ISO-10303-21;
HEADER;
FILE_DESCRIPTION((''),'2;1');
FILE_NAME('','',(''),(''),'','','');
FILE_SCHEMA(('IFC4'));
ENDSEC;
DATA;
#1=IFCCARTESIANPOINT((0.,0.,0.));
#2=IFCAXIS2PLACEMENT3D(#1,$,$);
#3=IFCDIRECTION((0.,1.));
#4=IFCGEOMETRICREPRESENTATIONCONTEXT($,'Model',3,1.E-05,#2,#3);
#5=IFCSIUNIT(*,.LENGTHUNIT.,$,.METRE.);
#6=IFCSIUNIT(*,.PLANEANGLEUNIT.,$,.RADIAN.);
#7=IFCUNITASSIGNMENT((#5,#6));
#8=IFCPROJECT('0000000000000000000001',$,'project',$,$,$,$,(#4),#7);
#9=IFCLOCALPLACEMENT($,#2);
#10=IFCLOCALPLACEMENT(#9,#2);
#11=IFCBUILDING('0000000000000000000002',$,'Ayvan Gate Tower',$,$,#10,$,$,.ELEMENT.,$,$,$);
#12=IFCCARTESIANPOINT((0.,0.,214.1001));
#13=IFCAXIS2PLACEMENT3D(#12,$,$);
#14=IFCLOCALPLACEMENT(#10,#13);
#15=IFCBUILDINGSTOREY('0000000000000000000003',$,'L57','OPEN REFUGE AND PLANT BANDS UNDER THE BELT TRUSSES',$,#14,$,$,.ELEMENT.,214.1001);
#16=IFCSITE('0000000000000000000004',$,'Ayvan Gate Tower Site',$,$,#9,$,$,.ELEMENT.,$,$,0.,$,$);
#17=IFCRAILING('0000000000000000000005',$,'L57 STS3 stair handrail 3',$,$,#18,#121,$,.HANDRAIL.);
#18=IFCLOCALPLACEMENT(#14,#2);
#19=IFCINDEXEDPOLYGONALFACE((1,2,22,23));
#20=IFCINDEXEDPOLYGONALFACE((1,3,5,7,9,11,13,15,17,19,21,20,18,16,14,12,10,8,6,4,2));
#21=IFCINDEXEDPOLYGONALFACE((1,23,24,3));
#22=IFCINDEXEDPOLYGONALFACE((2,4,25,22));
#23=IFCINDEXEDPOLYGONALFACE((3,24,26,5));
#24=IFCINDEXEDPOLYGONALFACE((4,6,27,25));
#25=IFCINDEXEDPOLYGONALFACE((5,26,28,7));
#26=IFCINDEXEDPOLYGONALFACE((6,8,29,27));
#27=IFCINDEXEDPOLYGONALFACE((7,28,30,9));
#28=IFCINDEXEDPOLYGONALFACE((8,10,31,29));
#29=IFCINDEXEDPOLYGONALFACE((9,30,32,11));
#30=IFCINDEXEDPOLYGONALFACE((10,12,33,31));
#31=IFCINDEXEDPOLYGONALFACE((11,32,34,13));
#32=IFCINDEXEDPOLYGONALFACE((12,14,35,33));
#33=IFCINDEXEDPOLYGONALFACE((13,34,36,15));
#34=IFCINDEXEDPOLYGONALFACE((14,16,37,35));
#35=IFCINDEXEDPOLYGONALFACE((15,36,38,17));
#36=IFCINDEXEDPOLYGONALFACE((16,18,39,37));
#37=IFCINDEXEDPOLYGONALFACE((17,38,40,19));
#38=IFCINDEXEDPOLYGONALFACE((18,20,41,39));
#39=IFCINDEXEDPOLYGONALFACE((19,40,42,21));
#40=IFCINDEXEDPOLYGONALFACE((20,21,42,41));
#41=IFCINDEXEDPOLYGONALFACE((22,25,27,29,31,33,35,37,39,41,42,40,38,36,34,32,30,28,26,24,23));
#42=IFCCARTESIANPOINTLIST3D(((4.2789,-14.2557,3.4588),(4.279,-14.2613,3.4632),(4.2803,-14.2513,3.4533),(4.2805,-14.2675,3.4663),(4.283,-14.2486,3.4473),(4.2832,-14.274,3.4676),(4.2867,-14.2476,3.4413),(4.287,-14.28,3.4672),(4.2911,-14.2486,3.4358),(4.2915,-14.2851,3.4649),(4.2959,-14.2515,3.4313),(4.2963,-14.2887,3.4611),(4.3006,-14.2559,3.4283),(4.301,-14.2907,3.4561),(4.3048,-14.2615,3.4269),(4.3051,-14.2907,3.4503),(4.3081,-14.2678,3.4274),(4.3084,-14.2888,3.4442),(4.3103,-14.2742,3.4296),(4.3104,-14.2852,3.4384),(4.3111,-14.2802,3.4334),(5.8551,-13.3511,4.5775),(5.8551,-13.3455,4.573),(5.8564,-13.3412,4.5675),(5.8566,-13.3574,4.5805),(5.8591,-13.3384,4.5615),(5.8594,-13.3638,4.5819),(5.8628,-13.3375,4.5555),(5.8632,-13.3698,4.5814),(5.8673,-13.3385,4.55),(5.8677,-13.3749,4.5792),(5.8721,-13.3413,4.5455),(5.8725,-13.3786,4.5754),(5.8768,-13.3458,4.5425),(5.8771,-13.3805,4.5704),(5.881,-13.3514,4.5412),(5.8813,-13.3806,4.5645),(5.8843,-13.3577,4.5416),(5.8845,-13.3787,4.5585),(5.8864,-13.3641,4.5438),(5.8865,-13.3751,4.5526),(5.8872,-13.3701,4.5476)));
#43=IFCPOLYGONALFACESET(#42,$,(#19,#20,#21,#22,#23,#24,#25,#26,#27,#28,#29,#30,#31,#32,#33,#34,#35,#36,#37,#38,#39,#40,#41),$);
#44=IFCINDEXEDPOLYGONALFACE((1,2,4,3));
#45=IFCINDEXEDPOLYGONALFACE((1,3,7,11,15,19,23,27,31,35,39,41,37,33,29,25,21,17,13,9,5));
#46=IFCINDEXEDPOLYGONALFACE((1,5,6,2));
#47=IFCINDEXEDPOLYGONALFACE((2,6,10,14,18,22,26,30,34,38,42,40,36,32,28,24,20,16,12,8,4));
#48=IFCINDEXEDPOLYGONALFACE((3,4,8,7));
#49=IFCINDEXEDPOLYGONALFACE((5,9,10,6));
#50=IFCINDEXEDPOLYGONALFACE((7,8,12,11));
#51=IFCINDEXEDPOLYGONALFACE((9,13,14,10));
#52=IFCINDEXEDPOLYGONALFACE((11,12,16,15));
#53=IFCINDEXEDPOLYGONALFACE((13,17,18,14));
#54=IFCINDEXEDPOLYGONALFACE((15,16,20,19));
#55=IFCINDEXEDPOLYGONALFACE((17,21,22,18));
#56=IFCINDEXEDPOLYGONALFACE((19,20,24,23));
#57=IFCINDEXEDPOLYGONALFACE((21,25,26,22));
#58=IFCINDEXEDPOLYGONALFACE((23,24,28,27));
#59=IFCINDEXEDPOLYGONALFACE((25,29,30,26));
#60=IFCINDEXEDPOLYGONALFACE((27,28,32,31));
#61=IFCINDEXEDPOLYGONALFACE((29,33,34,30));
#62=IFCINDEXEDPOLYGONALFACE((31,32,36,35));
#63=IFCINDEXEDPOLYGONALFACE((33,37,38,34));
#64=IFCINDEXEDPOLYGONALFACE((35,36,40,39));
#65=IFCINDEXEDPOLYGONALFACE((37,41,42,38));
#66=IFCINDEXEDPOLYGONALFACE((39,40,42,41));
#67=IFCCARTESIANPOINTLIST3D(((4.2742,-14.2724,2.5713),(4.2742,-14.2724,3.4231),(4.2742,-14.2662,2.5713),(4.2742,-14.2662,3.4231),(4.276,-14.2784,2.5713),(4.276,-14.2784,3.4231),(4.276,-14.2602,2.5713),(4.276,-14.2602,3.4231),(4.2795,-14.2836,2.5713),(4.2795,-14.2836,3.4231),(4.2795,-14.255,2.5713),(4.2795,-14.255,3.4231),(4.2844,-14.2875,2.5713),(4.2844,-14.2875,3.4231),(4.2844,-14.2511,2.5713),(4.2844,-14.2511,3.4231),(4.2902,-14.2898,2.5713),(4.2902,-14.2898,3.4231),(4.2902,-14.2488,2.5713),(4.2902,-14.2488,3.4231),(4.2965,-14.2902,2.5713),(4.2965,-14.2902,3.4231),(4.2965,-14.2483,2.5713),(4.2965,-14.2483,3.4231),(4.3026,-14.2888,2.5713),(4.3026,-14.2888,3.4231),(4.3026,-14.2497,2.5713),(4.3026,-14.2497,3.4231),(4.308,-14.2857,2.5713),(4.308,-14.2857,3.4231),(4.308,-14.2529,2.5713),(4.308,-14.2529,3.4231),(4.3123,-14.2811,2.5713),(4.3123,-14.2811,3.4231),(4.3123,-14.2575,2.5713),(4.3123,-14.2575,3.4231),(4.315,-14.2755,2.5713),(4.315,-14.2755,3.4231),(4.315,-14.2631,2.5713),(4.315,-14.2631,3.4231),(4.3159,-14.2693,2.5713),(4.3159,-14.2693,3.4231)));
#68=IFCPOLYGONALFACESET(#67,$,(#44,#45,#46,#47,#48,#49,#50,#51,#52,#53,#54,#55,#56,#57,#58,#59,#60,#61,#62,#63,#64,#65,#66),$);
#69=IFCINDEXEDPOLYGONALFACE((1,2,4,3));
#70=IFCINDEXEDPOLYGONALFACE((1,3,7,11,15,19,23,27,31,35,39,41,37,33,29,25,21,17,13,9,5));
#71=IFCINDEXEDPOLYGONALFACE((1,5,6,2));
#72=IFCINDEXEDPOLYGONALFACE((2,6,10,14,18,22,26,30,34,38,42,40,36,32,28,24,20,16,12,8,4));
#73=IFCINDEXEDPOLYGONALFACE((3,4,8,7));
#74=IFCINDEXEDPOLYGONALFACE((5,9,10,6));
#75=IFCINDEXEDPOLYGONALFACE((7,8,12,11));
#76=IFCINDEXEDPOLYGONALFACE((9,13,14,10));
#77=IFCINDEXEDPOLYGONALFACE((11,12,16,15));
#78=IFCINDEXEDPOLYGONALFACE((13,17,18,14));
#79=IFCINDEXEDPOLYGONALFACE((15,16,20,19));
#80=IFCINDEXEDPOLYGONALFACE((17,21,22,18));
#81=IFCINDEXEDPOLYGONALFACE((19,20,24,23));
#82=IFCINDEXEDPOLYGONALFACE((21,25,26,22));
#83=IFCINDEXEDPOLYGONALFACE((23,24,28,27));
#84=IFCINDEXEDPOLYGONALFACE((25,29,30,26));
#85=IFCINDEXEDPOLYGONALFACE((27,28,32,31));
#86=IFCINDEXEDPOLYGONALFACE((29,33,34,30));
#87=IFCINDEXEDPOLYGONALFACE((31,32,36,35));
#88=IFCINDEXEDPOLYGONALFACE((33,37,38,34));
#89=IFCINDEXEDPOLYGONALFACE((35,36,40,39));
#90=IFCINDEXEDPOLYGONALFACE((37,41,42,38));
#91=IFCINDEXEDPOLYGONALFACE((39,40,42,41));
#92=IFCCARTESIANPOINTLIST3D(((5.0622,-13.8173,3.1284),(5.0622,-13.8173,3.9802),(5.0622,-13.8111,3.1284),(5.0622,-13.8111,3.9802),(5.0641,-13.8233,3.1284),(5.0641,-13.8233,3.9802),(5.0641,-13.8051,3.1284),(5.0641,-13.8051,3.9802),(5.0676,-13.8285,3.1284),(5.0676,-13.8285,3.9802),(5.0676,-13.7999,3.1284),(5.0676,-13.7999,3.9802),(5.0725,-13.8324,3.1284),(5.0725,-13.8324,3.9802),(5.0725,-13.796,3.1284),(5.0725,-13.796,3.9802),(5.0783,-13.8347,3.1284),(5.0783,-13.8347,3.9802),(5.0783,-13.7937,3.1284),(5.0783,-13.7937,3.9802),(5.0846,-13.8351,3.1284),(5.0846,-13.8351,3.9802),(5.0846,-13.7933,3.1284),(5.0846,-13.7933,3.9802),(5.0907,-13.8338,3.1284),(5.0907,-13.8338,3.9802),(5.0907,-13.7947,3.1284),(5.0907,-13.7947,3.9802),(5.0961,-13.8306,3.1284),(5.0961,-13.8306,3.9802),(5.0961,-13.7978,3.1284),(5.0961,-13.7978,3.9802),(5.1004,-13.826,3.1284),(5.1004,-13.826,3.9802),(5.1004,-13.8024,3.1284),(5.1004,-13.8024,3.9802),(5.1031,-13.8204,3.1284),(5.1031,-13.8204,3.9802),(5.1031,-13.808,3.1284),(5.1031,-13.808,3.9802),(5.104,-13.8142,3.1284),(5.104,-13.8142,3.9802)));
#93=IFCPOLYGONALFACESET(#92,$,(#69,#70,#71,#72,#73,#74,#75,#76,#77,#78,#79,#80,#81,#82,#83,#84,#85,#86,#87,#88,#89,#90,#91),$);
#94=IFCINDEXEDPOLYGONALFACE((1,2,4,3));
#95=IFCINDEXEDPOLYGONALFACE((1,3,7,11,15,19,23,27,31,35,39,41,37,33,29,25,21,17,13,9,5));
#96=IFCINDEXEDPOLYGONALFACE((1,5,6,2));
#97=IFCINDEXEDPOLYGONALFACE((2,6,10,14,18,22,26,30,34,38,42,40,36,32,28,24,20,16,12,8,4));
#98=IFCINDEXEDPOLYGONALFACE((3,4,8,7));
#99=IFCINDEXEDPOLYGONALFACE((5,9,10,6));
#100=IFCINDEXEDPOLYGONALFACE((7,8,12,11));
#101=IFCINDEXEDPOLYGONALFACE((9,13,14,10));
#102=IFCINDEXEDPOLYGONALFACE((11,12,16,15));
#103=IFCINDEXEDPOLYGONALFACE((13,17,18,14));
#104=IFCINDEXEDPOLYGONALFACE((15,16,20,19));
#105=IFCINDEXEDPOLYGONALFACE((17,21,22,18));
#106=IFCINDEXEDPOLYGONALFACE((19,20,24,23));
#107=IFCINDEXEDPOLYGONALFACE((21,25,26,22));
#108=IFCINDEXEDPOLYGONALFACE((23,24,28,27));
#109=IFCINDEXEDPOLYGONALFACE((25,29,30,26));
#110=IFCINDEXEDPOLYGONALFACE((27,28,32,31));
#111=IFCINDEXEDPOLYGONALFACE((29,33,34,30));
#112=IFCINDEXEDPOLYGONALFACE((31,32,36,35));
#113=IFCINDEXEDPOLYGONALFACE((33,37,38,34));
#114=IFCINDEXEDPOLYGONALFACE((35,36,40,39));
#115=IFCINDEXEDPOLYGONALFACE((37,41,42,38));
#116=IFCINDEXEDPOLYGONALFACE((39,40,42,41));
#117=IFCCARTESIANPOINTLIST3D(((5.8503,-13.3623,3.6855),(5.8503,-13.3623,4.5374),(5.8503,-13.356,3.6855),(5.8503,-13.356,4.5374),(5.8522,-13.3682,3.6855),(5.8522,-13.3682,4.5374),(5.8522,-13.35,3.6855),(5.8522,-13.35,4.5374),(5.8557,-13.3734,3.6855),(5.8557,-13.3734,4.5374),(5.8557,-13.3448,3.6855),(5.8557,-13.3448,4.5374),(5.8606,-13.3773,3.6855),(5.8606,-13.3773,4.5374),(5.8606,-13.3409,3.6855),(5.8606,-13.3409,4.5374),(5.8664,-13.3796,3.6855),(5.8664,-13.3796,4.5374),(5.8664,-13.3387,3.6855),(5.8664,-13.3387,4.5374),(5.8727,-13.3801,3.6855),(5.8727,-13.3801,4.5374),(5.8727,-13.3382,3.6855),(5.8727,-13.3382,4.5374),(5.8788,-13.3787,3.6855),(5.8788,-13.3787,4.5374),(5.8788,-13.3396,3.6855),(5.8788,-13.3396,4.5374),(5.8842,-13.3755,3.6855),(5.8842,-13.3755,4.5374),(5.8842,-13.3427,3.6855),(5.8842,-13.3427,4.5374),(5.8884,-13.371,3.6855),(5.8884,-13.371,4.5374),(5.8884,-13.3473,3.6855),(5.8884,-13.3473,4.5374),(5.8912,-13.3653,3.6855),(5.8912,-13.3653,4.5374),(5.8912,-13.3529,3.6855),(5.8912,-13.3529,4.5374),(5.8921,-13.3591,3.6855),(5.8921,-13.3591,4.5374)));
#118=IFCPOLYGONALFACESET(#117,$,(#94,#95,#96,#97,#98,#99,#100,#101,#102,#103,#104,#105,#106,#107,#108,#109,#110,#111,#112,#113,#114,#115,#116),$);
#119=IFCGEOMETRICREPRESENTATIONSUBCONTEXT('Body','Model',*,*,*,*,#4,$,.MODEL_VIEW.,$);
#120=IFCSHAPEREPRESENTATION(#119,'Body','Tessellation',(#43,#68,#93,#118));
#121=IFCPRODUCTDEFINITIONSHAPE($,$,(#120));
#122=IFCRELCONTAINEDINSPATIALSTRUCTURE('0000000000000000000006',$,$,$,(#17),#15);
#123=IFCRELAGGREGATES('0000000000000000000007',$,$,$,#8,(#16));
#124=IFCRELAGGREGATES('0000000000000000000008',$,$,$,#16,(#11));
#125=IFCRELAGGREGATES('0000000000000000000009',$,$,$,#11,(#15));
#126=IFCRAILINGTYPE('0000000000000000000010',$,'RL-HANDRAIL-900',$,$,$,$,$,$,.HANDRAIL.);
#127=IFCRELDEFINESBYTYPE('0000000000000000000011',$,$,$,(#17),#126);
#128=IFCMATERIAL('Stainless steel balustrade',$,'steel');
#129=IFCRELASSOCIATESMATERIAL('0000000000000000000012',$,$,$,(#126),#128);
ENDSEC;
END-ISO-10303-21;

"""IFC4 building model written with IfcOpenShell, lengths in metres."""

from ifc_helpers import new_model, si_unit, direction, frame, origin, origin_2d, place, context, subcontext, project, spatial, circle, extrude, material, type_object, element, save


model = new_model("IFC4")

# Units and contexts
model_context = context("Model", 3, precision=1e-05, world=origin(), true_north=direction((0.0, 1.0)))
body_context = subcontext(model_context, "Body", "Model", "MODEL_VIEW")
ifc_project = project(units=[si_unit("LENGTHUNIT", "METRE"), si_unit("PLANEANGLEUNIT", "RADIAN")], contexts=[model_context])

# Site, building, storey
site_placement = place(None, origin())
site = spatial("IfcSite", under=ifc_project, at=site_placement, Name="Ayvan Gate Tower Site", CompositionType="ELEMENT", RefElevation=0.0)
building_placement = place(site_placement, origin())
building = spatial("IfcBuilding", under=site, at=building_placement, Name="Ayvan Gate Tower", CompositionType="ELEMENT")
storey_placement = place(building_placement, frame((0.0, 0.0, 214.1001)))
storey = spatial("IfcBuildingStorey", under=building, at=storey_placement, Name="L57", Description="OPEN REFUGE AND PLANT BANDS UNDER THE BELT TRUSSES", CompositionType="ELEMENT", Elevation=214.1001)

# Railing
ifc_material_1 = material(Name="Stainless steel balustrade", Category="steel")
railing_type_1 = type_object("IfcRailingType", Name="RL-HANDRAIL-900", PredefinedType="HANDRAIL", material=ifc_material_1)
railing_1_placement = place(storey_placement, frame((4.2949, -14.2693, 2.5713)))
element("IfcRailing", 1, at=railing_1_placement, inside=storey, type_object=railing_type_1, Name="L57 STS3 stair handrail 3", PredefinedType="HANDRAIL", context=body_context, shape_type="SweptSolid", body=[
    extrude(circle(Radius=0.0239, at=origin_2d()), frame((0.0, 0.0, 0.876), z_axis=(0.738574, 0.426488, 0.522127), x_axis=(-0.500063, 0.865989, 0.0)), (0.0, 0.0, 1.0), 2.134),
    extrude(circle(Radius=0.021, at=origin_2d()), origin(), (0.0, 0.0, 1.0), 0.8518),
    extrude(circle(Radius=0.021, at=origin_2d()), frame((0.7881, 0.4551, 0.5571)), (0.0, 0.0, 1.0), 0.8518),
    extrude(circle(Radius=0.021, at=origin_2d()), frame((1.5762, 0.9102, 1.1143)), (0.0, 0.0, 1.0), 0.8518),
])

save(model, "model.ifc")
